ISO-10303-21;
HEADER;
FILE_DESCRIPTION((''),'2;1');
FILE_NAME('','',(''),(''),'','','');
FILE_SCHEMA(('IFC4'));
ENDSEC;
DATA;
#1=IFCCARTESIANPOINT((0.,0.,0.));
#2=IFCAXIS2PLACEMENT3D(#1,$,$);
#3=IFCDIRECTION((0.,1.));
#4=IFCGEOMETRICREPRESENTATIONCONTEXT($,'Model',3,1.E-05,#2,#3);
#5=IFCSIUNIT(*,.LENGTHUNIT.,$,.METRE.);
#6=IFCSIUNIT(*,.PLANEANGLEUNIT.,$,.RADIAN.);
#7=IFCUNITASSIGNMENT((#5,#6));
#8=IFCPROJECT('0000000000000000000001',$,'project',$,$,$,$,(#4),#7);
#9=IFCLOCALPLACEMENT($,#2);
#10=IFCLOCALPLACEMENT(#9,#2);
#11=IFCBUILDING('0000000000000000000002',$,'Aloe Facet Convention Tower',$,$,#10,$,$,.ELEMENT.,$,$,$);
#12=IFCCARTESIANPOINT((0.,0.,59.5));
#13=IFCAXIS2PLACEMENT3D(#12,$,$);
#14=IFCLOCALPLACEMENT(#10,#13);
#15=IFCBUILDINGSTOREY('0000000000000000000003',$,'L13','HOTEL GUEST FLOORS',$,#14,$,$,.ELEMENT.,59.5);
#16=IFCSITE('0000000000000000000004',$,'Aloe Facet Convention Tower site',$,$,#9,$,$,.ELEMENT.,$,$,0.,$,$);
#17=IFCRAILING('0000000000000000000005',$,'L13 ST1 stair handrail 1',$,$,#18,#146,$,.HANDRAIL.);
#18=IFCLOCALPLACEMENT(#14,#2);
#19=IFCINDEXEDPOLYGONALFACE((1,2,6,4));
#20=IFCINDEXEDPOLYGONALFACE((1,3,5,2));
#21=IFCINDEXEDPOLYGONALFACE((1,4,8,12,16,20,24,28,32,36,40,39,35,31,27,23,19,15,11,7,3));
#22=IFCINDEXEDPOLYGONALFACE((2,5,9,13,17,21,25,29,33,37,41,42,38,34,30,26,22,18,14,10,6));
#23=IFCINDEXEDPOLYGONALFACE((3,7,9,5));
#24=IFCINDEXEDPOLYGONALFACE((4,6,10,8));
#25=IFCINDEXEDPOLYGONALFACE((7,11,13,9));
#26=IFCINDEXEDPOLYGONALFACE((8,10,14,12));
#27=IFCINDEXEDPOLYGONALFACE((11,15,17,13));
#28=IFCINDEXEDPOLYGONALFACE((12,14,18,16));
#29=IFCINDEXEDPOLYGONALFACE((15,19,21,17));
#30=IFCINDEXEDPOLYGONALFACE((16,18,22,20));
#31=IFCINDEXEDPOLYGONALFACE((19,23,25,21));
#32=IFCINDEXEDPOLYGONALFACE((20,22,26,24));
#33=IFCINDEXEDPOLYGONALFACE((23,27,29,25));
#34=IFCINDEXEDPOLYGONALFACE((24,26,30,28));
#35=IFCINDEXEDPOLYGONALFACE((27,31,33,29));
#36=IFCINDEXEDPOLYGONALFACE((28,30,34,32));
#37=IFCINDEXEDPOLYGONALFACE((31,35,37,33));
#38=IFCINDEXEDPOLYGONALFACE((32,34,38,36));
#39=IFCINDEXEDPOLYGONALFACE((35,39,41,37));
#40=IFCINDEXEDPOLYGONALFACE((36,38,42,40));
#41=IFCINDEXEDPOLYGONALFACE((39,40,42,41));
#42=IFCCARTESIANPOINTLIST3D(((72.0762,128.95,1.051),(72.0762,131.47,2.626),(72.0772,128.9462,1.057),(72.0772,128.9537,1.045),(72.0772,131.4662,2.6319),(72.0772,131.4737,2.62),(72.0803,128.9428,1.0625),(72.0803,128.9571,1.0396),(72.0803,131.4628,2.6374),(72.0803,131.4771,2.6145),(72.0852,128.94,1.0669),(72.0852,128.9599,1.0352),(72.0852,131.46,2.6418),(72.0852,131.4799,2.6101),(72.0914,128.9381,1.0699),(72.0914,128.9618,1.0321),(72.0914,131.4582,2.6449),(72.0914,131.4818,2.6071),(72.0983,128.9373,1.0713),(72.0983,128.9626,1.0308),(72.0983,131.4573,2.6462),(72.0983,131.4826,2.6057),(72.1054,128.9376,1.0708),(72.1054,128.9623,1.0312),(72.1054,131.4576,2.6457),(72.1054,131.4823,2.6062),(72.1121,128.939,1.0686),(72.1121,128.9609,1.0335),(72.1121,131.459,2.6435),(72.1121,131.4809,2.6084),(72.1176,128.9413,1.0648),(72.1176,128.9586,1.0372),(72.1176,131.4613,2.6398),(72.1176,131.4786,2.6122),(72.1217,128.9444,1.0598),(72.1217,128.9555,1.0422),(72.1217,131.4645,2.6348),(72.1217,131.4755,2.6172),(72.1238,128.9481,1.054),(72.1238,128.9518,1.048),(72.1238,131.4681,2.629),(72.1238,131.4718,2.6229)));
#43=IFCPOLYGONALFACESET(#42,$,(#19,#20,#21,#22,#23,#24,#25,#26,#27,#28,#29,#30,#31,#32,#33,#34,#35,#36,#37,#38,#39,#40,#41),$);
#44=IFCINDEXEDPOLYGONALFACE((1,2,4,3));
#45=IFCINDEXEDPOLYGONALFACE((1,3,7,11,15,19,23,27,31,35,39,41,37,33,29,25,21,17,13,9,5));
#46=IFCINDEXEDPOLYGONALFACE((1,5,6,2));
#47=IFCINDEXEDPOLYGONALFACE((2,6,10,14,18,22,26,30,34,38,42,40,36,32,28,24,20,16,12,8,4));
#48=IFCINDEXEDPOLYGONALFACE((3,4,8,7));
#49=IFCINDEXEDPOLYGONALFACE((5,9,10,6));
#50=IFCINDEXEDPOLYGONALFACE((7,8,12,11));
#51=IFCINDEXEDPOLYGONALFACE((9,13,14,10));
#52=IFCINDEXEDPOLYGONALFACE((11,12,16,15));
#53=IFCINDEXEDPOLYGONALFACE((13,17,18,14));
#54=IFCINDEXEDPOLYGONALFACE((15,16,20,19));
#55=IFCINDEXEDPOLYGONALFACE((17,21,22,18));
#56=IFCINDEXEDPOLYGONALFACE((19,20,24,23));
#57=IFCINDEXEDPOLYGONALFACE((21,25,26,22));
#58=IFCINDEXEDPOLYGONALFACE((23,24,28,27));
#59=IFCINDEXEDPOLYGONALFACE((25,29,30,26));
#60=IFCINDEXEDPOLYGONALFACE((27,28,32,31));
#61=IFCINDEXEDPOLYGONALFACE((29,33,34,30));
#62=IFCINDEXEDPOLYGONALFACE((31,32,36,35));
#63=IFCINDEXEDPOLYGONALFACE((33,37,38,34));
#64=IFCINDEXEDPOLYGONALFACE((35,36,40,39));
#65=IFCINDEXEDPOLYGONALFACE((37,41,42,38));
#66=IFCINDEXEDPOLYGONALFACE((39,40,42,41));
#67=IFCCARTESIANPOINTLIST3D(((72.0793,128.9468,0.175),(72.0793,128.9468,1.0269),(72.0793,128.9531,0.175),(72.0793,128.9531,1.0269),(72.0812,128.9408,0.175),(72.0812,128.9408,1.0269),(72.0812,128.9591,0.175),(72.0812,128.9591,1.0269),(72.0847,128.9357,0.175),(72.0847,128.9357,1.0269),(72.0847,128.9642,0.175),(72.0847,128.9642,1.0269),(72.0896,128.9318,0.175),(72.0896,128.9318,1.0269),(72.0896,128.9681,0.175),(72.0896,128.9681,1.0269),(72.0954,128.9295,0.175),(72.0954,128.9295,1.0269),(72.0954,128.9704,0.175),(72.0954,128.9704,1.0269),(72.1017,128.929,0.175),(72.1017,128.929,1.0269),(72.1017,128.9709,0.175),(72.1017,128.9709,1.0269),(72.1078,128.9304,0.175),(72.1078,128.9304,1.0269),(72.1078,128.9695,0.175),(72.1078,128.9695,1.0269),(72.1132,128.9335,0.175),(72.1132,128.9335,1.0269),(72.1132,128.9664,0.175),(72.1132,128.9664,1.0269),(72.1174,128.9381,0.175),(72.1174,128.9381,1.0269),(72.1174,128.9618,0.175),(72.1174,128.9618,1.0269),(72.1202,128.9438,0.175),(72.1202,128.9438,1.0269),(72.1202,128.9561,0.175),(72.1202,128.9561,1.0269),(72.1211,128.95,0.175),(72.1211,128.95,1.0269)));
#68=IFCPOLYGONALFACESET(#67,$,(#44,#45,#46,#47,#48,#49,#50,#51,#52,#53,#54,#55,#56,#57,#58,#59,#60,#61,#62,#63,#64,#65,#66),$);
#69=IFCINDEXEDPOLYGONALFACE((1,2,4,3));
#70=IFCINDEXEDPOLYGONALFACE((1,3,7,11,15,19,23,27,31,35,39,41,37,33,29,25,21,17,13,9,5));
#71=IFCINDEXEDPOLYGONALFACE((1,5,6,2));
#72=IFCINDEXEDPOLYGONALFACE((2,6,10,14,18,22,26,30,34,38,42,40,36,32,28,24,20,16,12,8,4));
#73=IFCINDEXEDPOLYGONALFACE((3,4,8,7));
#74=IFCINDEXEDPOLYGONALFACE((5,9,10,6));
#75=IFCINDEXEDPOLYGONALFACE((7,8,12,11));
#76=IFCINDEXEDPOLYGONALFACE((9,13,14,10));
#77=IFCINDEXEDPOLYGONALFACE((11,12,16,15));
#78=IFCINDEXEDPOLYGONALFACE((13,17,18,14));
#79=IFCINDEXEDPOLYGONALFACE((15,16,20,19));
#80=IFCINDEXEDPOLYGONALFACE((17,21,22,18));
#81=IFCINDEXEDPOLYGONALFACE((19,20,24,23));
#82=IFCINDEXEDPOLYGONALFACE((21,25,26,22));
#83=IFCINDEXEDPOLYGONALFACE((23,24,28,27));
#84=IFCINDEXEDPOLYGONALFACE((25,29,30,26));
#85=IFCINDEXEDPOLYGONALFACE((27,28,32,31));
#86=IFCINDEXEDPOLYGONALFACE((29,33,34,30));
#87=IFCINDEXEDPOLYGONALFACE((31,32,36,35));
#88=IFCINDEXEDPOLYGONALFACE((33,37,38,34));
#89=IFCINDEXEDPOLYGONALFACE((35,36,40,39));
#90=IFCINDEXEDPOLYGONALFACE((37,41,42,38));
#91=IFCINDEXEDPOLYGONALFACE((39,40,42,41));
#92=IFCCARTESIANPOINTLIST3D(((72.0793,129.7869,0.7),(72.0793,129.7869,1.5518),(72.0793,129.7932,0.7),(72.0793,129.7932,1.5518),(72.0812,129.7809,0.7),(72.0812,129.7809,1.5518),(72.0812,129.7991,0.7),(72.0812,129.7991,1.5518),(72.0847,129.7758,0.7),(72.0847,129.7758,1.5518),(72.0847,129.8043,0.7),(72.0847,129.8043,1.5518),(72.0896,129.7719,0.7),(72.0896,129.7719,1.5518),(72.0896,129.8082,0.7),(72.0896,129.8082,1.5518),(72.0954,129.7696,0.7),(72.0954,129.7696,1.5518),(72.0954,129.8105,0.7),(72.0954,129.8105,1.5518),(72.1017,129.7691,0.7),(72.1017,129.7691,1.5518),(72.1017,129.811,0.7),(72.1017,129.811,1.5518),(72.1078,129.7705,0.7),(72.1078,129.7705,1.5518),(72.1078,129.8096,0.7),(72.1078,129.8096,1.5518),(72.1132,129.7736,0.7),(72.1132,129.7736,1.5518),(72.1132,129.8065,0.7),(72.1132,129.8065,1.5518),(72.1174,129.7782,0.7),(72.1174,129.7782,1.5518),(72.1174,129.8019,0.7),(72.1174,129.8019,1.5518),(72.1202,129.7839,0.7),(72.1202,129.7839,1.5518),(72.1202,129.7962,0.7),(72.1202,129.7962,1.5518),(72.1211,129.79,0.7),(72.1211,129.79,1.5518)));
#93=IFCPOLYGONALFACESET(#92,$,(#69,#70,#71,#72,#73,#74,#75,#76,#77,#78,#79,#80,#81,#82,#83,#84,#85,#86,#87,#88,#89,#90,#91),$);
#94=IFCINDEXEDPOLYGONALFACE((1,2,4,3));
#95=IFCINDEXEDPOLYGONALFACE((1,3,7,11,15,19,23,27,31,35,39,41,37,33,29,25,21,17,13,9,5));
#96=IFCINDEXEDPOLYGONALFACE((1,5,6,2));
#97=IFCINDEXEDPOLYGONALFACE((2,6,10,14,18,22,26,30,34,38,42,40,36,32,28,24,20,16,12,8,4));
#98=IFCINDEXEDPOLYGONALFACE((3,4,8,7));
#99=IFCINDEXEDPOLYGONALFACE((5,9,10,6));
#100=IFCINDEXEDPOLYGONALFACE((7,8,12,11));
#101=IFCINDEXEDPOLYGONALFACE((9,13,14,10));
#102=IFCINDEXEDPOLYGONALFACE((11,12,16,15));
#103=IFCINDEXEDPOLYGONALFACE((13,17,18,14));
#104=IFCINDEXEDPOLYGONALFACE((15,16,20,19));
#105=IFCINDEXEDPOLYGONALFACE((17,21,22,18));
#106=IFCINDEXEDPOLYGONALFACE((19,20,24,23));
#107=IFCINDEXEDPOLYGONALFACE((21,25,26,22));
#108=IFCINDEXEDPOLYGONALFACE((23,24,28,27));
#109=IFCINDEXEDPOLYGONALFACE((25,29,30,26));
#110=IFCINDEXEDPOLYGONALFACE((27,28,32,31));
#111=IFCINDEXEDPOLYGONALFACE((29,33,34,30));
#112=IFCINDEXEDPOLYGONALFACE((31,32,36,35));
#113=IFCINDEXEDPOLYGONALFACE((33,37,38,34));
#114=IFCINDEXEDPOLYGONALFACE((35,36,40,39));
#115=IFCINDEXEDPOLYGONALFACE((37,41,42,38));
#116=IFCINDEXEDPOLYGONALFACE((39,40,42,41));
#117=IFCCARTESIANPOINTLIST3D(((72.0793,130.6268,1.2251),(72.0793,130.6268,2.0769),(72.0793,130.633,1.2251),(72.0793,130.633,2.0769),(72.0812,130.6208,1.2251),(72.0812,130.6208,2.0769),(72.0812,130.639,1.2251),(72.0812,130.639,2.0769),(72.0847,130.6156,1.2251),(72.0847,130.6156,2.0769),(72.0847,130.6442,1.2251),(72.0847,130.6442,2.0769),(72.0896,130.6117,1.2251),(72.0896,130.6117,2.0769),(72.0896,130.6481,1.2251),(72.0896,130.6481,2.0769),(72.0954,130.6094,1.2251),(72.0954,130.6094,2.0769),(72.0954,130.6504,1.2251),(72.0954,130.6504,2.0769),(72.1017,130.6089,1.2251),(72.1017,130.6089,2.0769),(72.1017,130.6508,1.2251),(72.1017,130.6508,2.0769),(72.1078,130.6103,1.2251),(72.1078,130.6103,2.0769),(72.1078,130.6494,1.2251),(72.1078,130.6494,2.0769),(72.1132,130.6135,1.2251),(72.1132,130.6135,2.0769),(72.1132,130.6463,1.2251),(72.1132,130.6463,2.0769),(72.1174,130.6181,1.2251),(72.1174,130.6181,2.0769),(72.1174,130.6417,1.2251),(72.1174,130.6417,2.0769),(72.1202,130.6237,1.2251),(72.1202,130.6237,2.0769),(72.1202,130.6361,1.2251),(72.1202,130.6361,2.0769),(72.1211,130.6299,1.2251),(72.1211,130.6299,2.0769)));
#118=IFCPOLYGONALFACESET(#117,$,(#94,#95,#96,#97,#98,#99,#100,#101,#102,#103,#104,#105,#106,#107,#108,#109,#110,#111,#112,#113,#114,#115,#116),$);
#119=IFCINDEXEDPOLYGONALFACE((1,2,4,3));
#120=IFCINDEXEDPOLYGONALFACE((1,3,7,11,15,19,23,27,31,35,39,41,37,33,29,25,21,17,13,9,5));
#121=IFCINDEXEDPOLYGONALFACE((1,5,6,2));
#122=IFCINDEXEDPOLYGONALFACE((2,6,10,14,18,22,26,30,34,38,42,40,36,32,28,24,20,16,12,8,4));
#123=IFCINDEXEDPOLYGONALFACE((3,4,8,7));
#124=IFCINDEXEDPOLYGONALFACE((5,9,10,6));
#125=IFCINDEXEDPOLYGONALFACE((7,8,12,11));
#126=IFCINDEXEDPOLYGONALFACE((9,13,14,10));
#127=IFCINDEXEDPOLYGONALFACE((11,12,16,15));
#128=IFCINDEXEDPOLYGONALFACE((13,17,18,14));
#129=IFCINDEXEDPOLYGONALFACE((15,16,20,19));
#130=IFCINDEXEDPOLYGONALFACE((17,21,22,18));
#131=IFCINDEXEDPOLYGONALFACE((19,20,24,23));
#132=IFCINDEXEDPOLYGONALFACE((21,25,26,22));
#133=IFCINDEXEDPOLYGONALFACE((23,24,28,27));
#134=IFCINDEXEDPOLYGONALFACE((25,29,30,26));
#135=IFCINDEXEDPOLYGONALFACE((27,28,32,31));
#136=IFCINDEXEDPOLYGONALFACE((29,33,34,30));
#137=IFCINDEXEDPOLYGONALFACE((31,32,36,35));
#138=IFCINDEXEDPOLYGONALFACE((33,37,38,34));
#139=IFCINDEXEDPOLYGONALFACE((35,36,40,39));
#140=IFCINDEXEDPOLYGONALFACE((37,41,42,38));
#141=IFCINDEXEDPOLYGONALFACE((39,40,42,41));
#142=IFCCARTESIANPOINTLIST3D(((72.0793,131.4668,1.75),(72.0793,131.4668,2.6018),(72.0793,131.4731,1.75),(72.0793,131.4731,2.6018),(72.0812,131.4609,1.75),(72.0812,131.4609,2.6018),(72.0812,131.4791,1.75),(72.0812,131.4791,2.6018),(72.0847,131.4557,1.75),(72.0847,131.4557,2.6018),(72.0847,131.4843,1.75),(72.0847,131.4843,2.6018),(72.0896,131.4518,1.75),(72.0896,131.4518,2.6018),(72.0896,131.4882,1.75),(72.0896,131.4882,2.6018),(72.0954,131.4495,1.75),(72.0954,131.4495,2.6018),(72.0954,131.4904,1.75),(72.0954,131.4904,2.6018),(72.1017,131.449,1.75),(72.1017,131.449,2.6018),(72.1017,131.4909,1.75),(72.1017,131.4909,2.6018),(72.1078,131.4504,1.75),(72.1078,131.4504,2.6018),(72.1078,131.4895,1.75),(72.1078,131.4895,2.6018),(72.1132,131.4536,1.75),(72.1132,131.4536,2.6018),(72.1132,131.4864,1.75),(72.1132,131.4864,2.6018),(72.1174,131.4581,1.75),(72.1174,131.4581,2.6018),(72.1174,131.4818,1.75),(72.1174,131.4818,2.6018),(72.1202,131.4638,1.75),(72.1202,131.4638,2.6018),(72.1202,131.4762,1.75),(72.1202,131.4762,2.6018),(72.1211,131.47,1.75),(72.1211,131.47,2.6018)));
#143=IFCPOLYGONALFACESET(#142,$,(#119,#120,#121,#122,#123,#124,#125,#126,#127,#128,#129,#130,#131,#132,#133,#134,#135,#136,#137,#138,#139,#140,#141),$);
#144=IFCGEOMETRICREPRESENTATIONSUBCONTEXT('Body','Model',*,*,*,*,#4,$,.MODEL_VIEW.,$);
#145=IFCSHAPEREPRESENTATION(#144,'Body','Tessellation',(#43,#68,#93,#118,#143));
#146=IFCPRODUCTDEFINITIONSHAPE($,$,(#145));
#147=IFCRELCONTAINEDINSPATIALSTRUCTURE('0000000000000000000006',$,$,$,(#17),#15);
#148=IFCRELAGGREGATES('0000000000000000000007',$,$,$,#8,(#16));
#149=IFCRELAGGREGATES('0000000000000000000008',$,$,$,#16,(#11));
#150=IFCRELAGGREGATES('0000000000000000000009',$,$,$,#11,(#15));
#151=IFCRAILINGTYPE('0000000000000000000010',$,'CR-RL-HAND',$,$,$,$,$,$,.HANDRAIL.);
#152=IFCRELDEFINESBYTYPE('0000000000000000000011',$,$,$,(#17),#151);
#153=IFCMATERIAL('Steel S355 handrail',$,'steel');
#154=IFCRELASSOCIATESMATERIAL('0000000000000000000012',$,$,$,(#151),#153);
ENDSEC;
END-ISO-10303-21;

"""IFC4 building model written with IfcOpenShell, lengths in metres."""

from ifc_helpers import new_model, si_unit, direction, frame, origin, origin_2d, place, context, subcontext, project, spatial, circle, extrude, material, type_object, element, save


model = new_model("IFC4")

# Units and contexts
model_context = context("Model", 3, precision=1e-05, world=origin(), true_north=direction((0.0, 1.0)))
body_context = subcontext(model_context, "Body", "Model", "MODEL_VIEW")
ifc_project = project(units=[si_unit("LENGTHUNIT", "METRE"), si_unit("PLANEANGLEUNIT", "RADIAN")], contexts=[model_context])

# Site, building, storey
site_placement = place(None, origin())
site = spatial("IfcSite", under=ifc_project, at=site_placement, Name="Aloe Facet Convention Tower site", CompositionType="ELEMENT", RefElevation=0.0)
building_placement = place(site_placement, origin())
building = spatial("IfcBuilding", under=site, at=building_placement, Name="Aloe Facet Convention Tower", CompositionType="ELEMENT")
storey_placement = place(building_placement, frame((0.0, 0.0, 59.5)))
storey = spatial("IfcBuildingStorey", under=building, at=storey_placement, Name="L13", Description="HOTEL GUEST FLOORS", CompositionType="ELEMENT", Elevation=59.5)

# Railing
ifc_material_1 = material(Name="Steel S355 handrail", Category="steel")
railing_type_1 = type_object("IfcRailingType", Name="CR-RL-HAND", PredefinedType="HANDRAIL", material=ifc_material_1)
railing_1_placement = place(storey_placement, frame((72.1001, 128.95, 0.175)))
element("IfcRailing", 1, at=railing_1_placement, inside=storey, type_object=railing_type_1, Name="L13 ST1 stair handrail 1", PredefinedType="HANDRAIL", context=body_context, shape_type="SweptSolid", body=[
    extrude(circle(Radius=0.0239, at=origin_2d()), frame((0.0, 0.0, 0.876), z_axis=(0.0, 0.848008, 0.529984), x_axis=(-1.0, 0.0, 0.0)), (0.0, 0.0, 1.0), 2.9717),
    extrude(circle(Radius=0.021, at=origin_2d()), origin(), (0.0, 0.0, 1.0), 0.8518),
    extrude(circle(Radius=0.021, at=origin_2d()), frame((0.0, 0.8401, 0.5249)), (0.0, 0.0, 1.0), 0.8518),
    extrude(circle(Radius=0.021, at=origin_2d()), frame((0.0, 1.6799, 1.05)), (0.0, 0.0, 1.0), 0.8518),
    extrude(circle(Radius=0.021, at=origin_2d()), frame((0.0, 2.52, 1.575)), (0.0, 0.0, 1.0), 0.8518),
])

save(model, "model.ifc")
